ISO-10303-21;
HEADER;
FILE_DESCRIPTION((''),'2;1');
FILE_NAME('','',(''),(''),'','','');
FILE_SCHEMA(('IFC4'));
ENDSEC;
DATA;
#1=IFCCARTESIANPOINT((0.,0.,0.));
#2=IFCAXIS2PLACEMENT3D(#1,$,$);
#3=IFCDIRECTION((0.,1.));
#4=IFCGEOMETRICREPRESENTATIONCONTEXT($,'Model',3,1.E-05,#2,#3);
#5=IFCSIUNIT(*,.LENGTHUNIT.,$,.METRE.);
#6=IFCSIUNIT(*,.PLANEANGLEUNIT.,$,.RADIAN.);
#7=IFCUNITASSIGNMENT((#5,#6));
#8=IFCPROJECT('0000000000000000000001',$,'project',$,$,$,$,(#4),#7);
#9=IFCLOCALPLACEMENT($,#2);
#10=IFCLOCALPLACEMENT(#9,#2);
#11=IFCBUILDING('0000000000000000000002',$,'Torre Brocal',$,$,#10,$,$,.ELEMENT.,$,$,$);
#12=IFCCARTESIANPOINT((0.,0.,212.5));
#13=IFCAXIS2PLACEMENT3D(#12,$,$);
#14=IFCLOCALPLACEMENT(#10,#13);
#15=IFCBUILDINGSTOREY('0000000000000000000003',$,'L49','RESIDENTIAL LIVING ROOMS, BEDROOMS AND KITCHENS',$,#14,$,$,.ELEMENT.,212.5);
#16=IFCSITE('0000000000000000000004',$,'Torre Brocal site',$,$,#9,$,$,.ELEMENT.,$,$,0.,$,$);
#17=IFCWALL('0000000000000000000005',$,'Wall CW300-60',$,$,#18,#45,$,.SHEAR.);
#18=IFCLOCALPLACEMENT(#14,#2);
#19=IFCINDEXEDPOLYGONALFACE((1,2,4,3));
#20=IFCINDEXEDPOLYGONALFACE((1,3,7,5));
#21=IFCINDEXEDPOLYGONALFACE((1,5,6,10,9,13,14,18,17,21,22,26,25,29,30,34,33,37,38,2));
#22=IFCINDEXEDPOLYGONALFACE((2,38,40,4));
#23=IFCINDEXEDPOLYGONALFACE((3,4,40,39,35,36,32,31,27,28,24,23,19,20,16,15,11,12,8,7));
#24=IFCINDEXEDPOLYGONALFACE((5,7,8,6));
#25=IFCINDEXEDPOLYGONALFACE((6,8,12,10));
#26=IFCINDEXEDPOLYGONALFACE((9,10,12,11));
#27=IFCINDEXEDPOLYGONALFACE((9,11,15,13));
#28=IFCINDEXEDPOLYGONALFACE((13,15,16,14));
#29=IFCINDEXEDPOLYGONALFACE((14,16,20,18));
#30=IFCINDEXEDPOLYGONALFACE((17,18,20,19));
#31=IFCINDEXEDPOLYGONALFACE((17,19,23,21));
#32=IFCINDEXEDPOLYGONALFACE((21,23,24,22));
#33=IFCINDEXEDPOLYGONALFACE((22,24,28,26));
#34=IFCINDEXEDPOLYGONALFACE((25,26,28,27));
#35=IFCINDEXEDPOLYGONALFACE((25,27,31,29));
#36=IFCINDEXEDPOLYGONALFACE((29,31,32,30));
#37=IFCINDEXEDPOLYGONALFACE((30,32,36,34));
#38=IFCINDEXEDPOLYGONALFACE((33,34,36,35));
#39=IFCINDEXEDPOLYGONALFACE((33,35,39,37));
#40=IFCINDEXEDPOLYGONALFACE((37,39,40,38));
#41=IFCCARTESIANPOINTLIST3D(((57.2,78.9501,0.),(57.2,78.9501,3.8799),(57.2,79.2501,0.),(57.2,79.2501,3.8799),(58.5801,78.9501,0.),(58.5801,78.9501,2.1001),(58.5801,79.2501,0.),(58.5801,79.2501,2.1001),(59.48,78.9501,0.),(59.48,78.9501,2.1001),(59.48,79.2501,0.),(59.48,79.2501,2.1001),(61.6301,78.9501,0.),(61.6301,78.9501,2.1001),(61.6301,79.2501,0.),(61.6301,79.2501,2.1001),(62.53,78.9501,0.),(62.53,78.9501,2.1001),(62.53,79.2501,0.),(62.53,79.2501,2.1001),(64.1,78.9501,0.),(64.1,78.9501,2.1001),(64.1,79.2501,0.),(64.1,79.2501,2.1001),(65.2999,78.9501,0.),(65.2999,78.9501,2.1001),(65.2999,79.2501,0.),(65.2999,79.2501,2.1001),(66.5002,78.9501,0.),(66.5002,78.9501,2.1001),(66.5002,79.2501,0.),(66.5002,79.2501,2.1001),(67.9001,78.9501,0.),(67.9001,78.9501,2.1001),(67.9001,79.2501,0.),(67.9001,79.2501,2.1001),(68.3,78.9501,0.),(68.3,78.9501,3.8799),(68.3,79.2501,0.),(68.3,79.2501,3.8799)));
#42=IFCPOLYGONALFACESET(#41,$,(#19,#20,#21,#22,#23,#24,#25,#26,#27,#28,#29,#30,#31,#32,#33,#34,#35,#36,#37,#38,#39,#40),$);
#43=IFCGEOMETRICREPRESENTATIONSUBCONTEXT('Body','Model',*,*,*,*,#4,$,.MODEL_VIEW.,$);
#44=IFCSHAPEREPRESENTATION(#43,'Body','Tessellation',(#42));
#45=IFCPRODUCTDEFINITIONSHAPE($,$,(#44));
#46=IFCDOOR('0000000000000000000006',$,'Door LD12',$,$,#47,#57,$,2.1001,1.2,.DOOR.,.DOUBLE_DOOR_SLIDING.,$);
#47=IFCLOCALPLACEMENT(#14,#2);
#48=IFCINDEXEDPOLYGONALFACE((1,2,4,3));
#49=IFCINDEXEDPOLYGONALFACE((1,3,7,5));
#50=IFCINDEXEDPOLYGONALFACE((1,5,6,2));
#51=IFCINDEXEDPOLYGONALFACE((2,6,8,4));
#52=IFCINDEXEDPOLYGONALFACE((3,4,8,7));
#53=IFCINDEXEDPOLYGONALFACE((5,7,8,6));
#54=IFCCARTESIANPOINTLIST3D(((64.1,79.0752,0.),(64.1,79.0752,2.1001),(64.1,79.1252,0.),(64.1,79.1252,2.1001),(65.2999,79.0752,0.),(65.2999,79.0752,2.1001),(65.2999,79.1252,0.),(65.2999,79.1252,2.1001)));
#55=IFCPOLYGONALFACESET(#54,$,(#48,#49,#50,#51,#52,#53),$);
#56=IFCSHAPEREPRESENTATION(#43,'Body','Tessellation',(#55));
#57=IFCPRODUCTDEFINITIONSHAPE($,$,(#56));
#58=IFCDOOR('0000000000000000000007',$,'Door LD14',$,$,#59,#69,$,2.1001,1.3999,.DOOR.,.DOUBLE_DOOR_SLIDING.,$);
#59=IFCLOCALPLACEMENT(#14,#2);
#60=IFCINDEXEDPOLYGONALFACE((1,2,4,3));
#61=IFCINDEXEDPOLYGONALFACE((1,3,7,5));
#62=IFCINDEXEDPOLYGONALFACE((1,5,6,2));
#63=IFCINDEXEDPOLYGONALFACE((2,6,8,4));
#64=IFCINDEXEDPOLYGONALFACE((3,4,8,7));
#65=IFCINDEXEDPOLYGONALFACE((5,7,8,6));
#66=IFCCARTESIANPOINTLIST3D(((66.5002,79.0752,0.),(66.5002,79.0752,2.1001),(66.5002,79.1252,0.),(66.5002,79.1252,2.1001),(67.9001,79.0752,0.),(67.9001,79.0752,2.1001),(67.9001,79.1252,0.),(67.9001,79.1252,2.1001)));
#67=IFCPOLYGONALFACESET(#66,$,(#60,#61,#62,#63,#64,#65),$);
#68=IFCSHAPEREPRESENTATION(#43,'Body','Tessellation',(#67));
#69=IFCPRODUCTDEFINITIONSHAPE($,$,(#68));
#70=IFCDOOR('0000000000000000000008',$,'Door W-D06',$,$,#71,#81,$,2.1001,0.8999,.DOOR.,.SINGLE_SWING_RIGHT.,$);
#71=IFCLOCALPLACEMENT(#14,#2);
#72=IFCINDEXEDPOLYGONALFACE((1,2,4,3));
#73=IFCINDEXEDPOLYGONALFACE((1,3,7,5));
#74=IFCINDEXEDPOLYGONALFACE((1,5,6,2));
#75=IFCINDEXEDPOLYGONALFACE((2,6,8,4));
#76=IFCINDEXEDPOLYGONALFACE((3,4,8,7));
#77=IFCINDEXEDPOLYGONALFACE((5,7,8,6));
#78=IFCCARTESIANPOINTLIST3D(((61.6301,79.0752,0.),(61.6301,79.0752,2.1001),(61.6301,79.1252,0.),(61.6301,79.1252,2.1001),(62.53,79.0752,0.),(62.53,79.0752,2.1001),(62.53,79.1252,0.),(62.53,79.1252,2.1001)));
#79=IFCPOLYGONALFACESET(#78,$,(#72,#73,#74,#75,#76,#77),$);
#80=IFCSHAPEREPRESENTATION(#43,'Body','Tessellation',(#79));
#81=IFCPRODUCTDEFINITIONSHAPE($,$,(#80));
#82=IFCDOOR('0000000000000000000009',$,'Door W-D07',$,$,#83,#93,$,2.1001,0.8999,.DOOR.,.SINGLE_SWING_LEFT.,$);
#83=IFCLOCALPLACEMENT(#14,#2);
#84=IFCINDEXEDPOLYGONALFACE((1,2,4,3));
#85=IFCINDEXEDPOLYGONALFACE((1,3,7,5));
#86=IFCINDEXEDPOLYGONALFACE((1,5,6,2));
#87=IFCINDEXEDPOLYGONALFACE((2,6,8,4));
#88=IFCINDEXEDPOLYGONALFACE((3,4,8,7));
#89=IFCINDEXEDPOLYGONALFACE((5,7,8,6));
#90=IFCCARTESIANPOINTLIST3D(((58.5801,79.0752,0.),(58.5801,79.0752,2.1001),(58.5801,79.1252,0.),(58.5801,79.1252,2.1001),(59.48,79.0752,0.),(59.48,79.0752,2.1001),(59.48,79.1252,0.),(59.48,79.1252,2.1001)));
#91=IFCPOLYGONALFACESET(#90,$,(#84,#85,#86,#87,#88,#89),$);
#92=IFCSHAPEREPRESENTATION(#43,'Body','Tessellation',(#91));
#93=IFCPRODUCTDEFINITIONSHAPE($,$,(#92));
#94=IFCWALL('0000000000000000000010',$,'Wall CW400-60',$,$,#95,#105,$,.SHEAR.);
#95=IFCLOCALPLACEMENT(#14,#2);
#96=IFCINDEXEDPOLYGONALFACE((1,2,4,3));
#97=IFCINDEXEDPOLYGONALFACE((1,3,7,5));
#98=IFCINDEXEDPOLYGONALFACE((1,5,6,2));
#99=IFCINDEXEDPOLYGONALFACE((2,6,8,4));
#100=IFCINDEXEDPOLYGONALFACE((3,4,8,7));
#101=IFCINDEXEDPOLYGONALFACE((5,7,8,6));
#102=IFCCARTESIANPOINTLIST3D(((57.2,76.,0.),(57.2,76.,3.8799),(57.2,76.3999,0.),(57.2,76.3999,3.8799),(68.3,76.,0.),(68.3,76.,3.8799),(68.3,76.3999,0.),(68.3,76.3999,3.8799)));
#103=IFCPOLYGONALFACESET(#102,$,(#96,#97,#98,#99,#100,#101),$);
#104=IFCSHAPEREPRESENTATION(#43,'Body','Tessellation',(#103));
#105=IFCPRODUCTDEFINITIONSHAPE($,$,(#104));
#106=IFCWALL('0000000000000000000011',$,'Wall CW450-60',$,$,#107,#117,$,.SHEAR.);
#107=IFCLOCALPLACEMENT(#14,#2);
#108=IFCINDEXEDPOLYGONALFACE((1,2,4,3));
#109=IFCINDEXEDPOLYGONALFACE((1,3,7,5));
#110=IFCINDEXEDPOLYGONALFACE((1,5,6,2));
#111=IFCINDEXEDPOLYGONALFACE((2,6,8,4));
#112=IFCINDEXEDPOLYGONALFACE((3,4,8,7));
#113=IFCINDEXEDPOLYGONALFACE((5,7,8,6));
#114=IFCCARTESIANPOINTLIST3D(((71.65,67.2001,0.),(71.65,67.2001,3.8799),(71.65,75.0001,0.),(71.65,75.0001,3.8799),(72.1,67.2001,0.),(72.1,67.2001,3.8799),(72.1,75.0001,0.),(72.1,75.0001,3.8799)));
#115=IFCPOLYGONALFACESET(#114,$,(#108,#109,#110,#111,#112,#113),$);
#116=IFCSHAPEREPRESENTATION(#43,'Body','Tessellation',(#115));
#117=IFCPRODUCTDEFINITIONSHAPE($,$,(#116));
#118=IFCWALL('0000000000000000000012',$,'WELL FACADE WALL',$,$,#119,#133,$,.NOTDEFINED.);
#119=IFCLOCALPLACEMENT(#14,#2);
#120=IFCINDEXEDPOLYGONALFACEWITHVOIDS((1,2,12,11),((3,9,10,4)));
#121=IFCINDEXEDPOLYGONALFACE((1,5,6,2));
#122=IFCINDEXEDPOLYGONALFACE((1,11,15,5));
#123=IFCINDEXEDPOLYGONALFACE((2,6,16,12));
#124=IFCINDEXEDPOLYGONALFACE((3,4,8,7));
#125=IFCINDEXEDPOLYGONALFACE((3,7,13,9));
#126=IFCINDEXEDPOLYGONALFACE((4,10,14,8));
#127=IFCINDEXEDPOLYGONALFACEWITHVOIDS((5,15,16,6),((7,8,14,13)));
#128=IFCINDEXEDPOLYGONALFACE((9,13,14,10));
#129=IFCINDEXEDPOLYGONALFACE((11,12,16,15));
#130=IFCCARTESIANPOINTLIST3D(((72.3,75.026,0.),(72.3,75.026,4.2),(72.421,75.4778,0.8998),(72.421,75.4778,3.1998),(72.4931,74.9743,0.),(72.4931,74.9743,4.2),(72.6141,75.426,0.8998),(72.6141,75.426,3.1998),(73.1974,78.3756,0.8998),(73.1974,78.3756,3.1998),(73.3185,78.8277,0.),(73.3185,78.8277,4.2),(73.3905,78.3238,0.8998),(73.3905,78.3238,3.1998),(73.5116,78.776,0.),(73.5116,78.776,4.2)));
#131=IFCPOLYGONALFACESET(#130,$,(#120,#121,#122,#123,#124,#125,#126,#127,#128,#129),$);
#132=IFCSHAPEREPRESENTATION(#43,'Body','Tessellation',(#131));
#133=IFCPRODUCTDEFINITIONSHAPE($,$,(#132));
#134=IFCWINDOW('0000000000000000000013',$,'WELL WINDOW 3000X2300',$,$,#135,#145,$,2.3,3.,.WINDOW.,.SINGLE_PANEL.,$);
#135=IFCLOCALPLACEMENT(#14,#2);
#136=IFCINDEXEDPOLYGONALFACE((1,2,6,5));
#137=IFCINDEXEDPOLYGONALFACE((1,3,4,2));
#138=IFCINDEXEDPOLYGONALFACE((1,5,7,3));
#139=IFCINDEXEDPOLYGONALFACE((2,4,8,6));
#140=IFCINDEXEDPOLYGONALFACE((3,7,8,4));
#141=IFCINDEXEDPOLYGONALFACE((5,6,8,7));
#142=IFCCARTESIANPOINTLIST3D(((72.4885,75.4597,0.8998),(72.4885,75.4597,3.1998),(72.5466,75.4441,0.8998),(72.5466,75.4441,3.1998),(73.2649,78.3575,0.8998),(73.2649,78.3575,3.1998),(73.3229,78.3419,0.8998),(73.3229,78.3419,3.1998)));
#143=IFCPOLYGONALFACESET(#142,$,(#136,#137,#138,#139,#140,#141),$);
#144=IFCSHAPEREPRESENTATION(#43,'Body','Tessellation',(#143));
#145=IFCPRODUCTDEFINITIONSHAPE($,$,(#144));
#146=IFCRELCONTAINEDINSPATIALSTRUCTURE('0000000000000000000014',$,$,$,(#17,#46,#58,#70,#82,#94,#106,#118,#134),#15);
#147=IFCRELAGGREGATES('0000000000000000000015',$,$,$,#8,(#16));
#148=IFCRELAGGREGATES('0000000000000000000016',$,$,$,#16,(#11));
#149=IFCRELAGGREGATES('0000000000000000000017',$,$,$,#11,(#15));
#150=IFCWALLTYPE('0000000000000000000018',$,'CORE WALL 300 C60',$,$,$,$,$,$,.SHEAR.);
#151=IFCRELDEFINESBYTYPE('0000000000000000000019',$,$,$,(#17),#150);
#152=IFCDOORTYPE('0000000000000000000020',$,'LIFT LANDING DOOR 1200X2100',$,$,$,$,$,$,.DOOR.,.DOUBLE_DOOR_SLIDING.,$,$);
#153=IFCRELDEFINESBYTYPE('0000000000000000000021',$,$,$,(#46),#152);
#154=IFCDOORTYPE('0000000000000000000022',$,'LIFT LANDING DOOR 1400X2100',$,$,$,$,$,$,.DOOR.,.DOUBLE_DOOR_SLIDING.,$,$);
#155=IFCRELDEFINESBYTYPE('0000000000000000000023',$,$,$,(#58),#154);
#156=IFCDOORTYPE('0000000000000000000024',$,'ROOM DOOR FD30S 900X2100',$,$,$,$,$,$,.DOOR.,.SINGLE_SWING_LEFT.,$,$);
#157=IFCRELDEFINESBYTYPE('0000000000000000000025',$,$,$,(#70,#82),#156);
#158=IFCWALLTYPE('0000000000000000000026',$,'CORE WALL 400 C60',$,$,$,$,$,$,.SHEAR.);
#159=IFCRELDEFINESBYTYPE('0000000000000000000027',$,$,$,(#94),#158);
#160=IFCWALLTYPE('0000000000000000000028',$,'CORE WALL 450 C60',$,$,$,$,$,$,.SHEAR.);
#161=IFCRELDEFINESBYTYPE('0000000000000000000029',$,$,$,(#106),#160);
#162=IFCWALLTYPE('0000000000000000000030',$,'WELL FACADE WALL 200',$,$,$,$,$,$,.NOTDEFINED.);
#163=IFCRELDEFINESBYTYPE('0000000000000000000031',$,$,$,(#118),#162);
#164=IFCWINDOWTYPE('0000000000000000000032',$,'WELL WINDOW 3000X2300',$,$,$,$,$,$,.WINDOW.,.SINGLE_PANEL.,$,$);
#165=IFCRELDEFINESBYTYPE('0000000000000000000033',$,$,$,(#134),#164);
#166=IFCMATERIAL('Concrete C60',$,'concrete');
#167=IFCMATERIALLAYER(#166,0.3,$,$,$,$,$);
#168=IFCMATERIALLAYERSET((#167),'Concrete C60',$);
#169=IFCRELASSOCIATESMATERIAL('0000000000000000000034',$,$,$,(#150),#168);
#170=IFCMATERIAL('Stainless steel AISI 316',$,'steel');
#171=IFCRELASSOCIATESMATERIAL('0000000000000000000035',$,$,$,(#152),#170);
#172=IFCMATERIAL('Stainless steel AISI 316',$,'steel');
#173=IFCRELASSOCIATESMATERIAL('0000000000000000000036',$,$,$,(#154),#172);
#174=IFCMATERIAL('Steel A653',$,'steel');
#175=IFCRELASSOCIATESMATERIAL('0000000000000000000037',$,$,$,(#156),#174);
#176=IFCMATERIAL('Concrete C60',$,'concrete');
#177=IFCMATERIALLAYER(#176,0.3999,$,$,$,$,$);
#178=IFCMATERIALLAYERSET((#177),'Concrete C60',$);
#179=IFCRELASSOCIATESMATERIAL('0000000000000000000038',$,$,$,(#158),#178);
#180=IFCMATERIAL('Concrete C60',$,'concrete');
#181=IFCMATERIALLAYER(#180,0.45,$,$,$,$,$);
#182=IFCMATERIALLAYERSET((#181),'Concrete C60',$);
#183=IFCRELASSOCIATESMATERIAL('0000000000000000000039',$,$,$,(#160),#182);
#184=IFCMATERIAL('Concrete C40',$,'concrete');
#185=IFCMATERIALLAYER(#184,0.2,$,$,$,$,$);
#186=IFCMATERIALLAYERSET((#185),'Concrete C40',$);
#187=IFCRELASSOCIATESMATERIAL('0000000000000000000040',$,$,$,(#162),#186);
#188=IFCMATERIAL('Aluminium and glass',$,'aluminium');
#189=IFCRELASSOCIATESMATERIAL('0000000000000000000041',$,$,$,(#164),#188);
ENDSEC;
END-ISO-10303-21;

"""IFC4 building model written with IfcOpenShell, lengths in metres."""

from ifc_helpers import new_model, si_unit, direction, frame, frame_2d, origin, place, context, subcontext, project, spatial, rectangle, extrude, material, layer, layer_set, type_object, element, fill, save


model = new_model("IFC4")

# Units and contexts
model_context = context("Model", 3, precision=1e-05, world=origin(), true_north=direction((0.0, 1.0)))
body_context = subcontext(model_context, "Body", "Model", "MODEL_VIEW")
ifc_project = project(units=[si_unit("LENGTHUNIT", "METRE"), si_unit("PLANEANGLEUNIT", "RADIAN")], contexts=[model_context])

# Site, building, storey
site_placement = place(None, origin())
site = spatial("IfcSite", under=ifc_project, at=site_placement, Name="Torre Brocal site", CompositionType="ELEMENT", RefElevation=0.0)
building_placement = place(site_placement, origin())
building = spatial("IfcBuilding", under=site, at=building_placement, Name="Torre Brocal", CompositionType="ELEMENT")
storey_placement = place(building_placement, frame((0.0, 0.0, 212.5)))
storey = spatial("IfcBuildingStorey", under=building, at=storey_placement, Name="L49", Description="RESIDENTIAL LIVING ROOMS, BEDROOMS AND KITCHENS", CompositionType="ELEMENT", Elevation=212.5)

# Shared definitions
ifc_material_1 = material(Name="Concrete C60", Category="concrete")
ifc_layer_1 = layer(ifc_material_1, 0.3)
ifc_layer_set_1 = layer_set([ifc_layer_1], Name="Concrete C60")
wall_type_1 = type_object("IfcWallType", Name="CORE WALL 300 C60", PredefinedType="SHEAR", material=ifc_layer_set_1)

# Wall, openings, doors
wall_1_placement = place(storey_placement, frame((68.3, 79.1001, 0.0), z_axis=(0.0, 0.0, 1.0), x_axis=(-1.0, 0.0, 0.0)))
wall_1 = element("IfcWall", 1, at=wall_1_placement, inside=storey, type_object=wall_type_1, Name="Wall CW300-60", PredefinedType="SHEAR", context=body_context, shape_type="SweptSolid", body=[
    extrude(rectangle(XDim=11.1001, YDim=0.3, at=frame_2d((5.55, 0.0))), origin(), (0.0, 0.0, 1.0), 3.8799),
])
opening_1_placement = place(wall_1_placement, frame((0.3999, 0.0, 0.0)))
opening_1 = element("IfcOpeningElement", 2, at=opening_1_placement, cuts=wall_1, PredefinedType="OPENING", context=body_context, shape_type="SweptSolid", body=[
    extrude(rectangle(XDim=1.3999, YDim=2.1001, at=frame_2d((0.7, 1.05))), frame((0.0, 0.1599, 0.0), z_axis=(0.0, -1.0, 0.0), x_axis=(1.0, 0.0, 0.0)), (0.0, 0.0, 1.0), 0.3201),
])
opening_2_placement = place(wall_1_placement, frame((3.0, 0.0, 0.0)))
opening_2 = element("IfcOpeningElement", 3, at=opening_2_placement, cuts=wall_1, PredefinedType="OPENING", context=body_context, shape_type="SweptSolid", body=[
    extrude(rectangle(XDim=1.2, YDim=2.1001, at=frame_2d((0.6001, 1.05))), frame((0.0, 0.1599, 0.0), z_axis=(0.0, -1.0, 0.0), x_axis=(1.0, 0.0, 0.0)), (0.0, 0.0, 1.0), 0.3201),
])
opening_3_placement = place(wall_1_placement, frame((5.77, 0.0, 0.0)))
opening_3 = element("IfcOpeningElement", 4, at=opening_3_placement, cuts=wall_1, PredefinedType="OPENING", context=body_context, shape_type="SweptSolid", body=[
    extrude(rectangle(XDim=0.8999, YDim=2.1001, at=frame_2d((0.45, 1.05))), frame((0.0, 0.1599, 0.0), z_axis=(0.0, -1.0, 0.0), x_axis=(1.0, 0.0, 0.0)), (0.0, 0.0, 1.0), 0.3201),
])
opening_4_placement = place(wall_1_placement, frame((8.8201, 0.0, 0.0)))
opening_4 = element("IfcOpeningElement", 5, at=opening_4_placement, cuts=wall_1, PredefinedType="OPENING", context=body_context, shape_type="SweptSolid", body=[
    extrude(rectangle(XDim=0.8999, YDim=2.1001, at=frame_2d((0.45, 1.05))), frame((0.0, 0.1599, 0.0), z_axis=(0.0, -1.0, 0.0), x_axis=(1.0, 0.0, 0.0)), (0.0, 0.0, 1.0), 0.3201),
])
ifc_material_2 = material(Name="Stainless steel AISI 316", Category="steel")
door_type_1 = type_object("IfcDoorType", Name="LIFT LANDING DOOR 1200X2100", OperationType="DOUBLE_DOOR_SLIDING", PredefinedType="DOOR", material=ifc_material_2)
door_1_placement = place(opening_2_placement, origin())
door_1 = element("IfcDoor", 6, at=door_1_placement, inside=storey, type_object=door_type_1, Name="Door LD12", OperationType="DOUBLE_DOOR_SLIDING", OverallHeight=2.1001, OverallWidth=1.2, PredefinedType="DOOR", context=body_context, shape_type="SweptSolid", body=[
    extrude(rectangle(XDim=1.2, YDim=2.1001, at=frame_2d((0.6001, 1.05))), frame((0.0, 0.0249, 0.0), z_axis=(0.0, -1.0, 0.0), x_axis=(1.0, 0.0, 0.0)), (0.0, 0.0, 1.0), 0.05),
])
fill(opening_2, door_1)
ifc_material_3 = material(Name="Stainless steel AISI 316", Category="steel")
door_type_2 = type_object("IfcDoorType", Name="LIFT LANDING DOOR 1400X2100", OperationType="DOUBLE_DOOR_SLIDING", PredefinedType="DOOR", material=ifc_material_3)
door_2_placement = place(opening_1_placement, origin())
door_2 = element("IfcDoor", 7, at=door_2_placement, inside=storey, type_object=door_type_2, Name="Door LD14", OperationType="DOUBLE_DOOR_SLIDING", OverallHeight=2.1001, OverallWidth=1.3999, PredefinedType="DOOR", context=body_context, shape_type="SweptSolid", body=[
    extrude(rectangle(XDim=1.3999, YDim=2.1001, at=frame_2d((0.7, 1.05))), frame((0.0, 0.0249, 0.0), z_axis=(0.0, -1.0, 0.0), x_axis=(1.0, 0.0, 0.0)), (0.0, 0.0, 1.0), 0.05),
])
fill(opening_1, door_2)
ifc_material_4 = material(Name="Steel A653", Category="steel")
door_type_3 = type_object("IfcDoorType", Name="ROOM DOOR FD30S 900X2100", OperationType="SINGLE_SWING_LEFT", PredefinedType="DOOR", material=ifc_material_4)
door_3_placement = place(opening_3_placement, origin())
door_3 = element("IfcDoor", 8, at=door_3_placement, inside=storey, type_object=door_type_3, Name="Door W-D06", OperationType="SINGLE_SWING_RIGHT", OverallHeight=2.1001, OverallWidth=0.8999, PredefinedType="DOOR", context=body_context, shape_type="SweptSolid", body=[
    extrude(rectangle(XDim=0.8999, YDim=2.1001, at=frame_2d((0.45, 1.05))), frame((0.0, 0.0249, 0.0), z_axis=(0.0, -1.0, 0.0), x_axis=(1.0, 0.0, 0.0)), (0.0, 0.0, 1.0), 0.05),
])
fill(opening_3, door_3)
door_4_placement = place(opening_4_placement, origin())
door_4 = element("IfcDoor", 9, at=door_4_placement, inside=storey, type_object=door_type_3, Name="Door W-D07", OperationType="SINGLE_SWING_LEFT", OverallHeight=2.1001, OverallWidth=0.8999, PredefinedType="DOOR", context=body_context, shape_type="SweptSolid", body=[
    extrude(rectangle(XDim=0.8999, YDim=2.1001, at=frame_2d((0.45, 1.05))), frame((0.0, 0.0249, 0.0), z_axis=(0.0, -1.0, 0.0), x_axis=(1.0, 0.0, 0.0)), (0.0, 0.0, 1.0), 0.05),
])
fill(opening_4, door_4)

# Walls
ifc_material_5 = material(Name="Concrete C60", Category="concrete")
ifc_layer_2 = layer(ifc_material_5, 0.3999)
ifc_layer_set_2 = layer_set([ifc_layer_2], Name="Concrete C60")
wall_type_2 = type_object("IfcWallType", Name="CORE WALL 400 C60", PredefinedType="SHEAR", material=ifc_layer_set_2)
wall_2_placement = place(storey_placement, frame((68.3, 76.2, 0.0), z_axis=(0.0, 0.0, 1.0), x_axis=(-1.0, 0.0, 0.0)))
element("IfcWall", 10, at=wall_2_placement, inside=storey, type_object=wall_type_2, Name="Wall CW400-60", PredefinedType="SHEAR", context=body_context, shape_type="SweptSolid", body=[
    extrude(rectangle(XDim=11.1001, YDim=0.3999, at=frame_2d((5.55, 0.0))), origin(), (0.0, 0.0, 1.0), 3.8799),
])
ifc_material_6 = material(Name="Concrete C60", Category="concrete")
ifc_layer_3 = layer(ifc_material_6, 0.45)
ifc_layer_set_3 = layer_set([ifc_layer_3], Name="Concrete C60")
wall_type_3 = type_object("IfcWallType", Name="CORE WALL 450 C60", PredefinedType="SHEAR", material=ifc_layer_set_3)
wall_3_placement = place(storey_placement, frame((71.875, 75.0, 0.0), z_axis=(0.0, 0.0, 1.0), x_axis=(0.0, -1.0, 0.0)))
element("IfcWall", 11, at=wall_3_placement, inside=storey, type_object=wall_type_3, Name="Wall CW450-60", PredefinedType="SHEAR", context=body_context, shape_type="SweptSolid", body=[
    extrude(rectangle(XDim=7.8, YDim=0.45, at=frame_2d((3.8999, 0.0))), origin(), (0.0, 0.0, 1.0), 3.8799),
])

# Wall, opening, window
ifc_material_7 = material(Name="Concrete C40", Category="concrete")
ifc_layer_4 = layer(ifc_material_7, 0.2)
ifc_layer_set_4 = layer_set([ifc_layer_4], Name="Concrete C40")
wall_type_4 = type_object("IfcWallType", Name="WELL FACADE WALL 200", PredefinedType="NOTDEFINED", material=ifc_layer_set_4)
wall_4_placement = place(storey_placement, frame((73.415, 78.8018, 0.0), z_axis=(0.0, 0.0, 1.0), x_axis=(-0.25879, -0.965934, 0.0)))
wall_4 = element("IfcWall", 12, at=wall_4_placement, inside=storey, type_object=wall_type_4, Name="WELL FACADE WALL", PredefinedType="NOTDEFINED", context=body_context, shape_type="SweptSolid", body=[
    extrude(rectangle(XDim=3.9358, YDim=0.2, at=frame_2d((1.9678, 0.0))), origin(), (0.0, 0.0, 1.0), 4.2),
])
opening_5_placement = place(wall_4_placement, frame((0.468, 0.0, 0.8999)))
opening_5 = element("IfcOpeningElement", 13, at=opening_5_placement, cuts=wall_4, PredefinedType="OPENING", context=body_context, shape_type="SweptSolid", body=[
    extrude(rectangle(XDim=3.0, YDim=2.3, at=frame_2d((1.5, 1.1499))), frame((0.0, 0.1099, 0.0), z_axis=(0.0, -1.0, 0.0), x_axis=(1.0, 0.0, 0.0)), (0.0, 0.0, 1.0), 0.22),
])
ifc_material_8 = material(Name="Aluminium and glass", Category="aluminium")
window_type = type_object("IfcWindowType", Name="WELL WINDOW 3000X2300", PartitioningType="SINGLE_PANEL", PredefinedType="WINDOW", material=ifc_material_8)
window_1_placement = place(opening_5_placement, origin())
window_1 = element("IfcWindow", 14, at=window_1_placement, inside=storey, type_object=window_type, Name="WELL WINDOW 3000X2300", OverallHeight=2.3, OverallWidth=3.0, PartitioningType="SINGLE_PANEL", PredefinedType="WINDOW", context=body_context, shape_type="SweptSolid", body=[
    extrude(rectangle(XDim=3.0, YDim=2.3, at=frame_2d((1.5, 1.1499))), frame((0.0, 0.03, 0.0), z_axis=(0.0, -1.0, 0.0), x_axis=(1.0, 0.0, 0.0)), (0.0, 0.0, 1.0), 0.0601),
])
fill(opening_5, window_1)

save(model, "model.ifc")
